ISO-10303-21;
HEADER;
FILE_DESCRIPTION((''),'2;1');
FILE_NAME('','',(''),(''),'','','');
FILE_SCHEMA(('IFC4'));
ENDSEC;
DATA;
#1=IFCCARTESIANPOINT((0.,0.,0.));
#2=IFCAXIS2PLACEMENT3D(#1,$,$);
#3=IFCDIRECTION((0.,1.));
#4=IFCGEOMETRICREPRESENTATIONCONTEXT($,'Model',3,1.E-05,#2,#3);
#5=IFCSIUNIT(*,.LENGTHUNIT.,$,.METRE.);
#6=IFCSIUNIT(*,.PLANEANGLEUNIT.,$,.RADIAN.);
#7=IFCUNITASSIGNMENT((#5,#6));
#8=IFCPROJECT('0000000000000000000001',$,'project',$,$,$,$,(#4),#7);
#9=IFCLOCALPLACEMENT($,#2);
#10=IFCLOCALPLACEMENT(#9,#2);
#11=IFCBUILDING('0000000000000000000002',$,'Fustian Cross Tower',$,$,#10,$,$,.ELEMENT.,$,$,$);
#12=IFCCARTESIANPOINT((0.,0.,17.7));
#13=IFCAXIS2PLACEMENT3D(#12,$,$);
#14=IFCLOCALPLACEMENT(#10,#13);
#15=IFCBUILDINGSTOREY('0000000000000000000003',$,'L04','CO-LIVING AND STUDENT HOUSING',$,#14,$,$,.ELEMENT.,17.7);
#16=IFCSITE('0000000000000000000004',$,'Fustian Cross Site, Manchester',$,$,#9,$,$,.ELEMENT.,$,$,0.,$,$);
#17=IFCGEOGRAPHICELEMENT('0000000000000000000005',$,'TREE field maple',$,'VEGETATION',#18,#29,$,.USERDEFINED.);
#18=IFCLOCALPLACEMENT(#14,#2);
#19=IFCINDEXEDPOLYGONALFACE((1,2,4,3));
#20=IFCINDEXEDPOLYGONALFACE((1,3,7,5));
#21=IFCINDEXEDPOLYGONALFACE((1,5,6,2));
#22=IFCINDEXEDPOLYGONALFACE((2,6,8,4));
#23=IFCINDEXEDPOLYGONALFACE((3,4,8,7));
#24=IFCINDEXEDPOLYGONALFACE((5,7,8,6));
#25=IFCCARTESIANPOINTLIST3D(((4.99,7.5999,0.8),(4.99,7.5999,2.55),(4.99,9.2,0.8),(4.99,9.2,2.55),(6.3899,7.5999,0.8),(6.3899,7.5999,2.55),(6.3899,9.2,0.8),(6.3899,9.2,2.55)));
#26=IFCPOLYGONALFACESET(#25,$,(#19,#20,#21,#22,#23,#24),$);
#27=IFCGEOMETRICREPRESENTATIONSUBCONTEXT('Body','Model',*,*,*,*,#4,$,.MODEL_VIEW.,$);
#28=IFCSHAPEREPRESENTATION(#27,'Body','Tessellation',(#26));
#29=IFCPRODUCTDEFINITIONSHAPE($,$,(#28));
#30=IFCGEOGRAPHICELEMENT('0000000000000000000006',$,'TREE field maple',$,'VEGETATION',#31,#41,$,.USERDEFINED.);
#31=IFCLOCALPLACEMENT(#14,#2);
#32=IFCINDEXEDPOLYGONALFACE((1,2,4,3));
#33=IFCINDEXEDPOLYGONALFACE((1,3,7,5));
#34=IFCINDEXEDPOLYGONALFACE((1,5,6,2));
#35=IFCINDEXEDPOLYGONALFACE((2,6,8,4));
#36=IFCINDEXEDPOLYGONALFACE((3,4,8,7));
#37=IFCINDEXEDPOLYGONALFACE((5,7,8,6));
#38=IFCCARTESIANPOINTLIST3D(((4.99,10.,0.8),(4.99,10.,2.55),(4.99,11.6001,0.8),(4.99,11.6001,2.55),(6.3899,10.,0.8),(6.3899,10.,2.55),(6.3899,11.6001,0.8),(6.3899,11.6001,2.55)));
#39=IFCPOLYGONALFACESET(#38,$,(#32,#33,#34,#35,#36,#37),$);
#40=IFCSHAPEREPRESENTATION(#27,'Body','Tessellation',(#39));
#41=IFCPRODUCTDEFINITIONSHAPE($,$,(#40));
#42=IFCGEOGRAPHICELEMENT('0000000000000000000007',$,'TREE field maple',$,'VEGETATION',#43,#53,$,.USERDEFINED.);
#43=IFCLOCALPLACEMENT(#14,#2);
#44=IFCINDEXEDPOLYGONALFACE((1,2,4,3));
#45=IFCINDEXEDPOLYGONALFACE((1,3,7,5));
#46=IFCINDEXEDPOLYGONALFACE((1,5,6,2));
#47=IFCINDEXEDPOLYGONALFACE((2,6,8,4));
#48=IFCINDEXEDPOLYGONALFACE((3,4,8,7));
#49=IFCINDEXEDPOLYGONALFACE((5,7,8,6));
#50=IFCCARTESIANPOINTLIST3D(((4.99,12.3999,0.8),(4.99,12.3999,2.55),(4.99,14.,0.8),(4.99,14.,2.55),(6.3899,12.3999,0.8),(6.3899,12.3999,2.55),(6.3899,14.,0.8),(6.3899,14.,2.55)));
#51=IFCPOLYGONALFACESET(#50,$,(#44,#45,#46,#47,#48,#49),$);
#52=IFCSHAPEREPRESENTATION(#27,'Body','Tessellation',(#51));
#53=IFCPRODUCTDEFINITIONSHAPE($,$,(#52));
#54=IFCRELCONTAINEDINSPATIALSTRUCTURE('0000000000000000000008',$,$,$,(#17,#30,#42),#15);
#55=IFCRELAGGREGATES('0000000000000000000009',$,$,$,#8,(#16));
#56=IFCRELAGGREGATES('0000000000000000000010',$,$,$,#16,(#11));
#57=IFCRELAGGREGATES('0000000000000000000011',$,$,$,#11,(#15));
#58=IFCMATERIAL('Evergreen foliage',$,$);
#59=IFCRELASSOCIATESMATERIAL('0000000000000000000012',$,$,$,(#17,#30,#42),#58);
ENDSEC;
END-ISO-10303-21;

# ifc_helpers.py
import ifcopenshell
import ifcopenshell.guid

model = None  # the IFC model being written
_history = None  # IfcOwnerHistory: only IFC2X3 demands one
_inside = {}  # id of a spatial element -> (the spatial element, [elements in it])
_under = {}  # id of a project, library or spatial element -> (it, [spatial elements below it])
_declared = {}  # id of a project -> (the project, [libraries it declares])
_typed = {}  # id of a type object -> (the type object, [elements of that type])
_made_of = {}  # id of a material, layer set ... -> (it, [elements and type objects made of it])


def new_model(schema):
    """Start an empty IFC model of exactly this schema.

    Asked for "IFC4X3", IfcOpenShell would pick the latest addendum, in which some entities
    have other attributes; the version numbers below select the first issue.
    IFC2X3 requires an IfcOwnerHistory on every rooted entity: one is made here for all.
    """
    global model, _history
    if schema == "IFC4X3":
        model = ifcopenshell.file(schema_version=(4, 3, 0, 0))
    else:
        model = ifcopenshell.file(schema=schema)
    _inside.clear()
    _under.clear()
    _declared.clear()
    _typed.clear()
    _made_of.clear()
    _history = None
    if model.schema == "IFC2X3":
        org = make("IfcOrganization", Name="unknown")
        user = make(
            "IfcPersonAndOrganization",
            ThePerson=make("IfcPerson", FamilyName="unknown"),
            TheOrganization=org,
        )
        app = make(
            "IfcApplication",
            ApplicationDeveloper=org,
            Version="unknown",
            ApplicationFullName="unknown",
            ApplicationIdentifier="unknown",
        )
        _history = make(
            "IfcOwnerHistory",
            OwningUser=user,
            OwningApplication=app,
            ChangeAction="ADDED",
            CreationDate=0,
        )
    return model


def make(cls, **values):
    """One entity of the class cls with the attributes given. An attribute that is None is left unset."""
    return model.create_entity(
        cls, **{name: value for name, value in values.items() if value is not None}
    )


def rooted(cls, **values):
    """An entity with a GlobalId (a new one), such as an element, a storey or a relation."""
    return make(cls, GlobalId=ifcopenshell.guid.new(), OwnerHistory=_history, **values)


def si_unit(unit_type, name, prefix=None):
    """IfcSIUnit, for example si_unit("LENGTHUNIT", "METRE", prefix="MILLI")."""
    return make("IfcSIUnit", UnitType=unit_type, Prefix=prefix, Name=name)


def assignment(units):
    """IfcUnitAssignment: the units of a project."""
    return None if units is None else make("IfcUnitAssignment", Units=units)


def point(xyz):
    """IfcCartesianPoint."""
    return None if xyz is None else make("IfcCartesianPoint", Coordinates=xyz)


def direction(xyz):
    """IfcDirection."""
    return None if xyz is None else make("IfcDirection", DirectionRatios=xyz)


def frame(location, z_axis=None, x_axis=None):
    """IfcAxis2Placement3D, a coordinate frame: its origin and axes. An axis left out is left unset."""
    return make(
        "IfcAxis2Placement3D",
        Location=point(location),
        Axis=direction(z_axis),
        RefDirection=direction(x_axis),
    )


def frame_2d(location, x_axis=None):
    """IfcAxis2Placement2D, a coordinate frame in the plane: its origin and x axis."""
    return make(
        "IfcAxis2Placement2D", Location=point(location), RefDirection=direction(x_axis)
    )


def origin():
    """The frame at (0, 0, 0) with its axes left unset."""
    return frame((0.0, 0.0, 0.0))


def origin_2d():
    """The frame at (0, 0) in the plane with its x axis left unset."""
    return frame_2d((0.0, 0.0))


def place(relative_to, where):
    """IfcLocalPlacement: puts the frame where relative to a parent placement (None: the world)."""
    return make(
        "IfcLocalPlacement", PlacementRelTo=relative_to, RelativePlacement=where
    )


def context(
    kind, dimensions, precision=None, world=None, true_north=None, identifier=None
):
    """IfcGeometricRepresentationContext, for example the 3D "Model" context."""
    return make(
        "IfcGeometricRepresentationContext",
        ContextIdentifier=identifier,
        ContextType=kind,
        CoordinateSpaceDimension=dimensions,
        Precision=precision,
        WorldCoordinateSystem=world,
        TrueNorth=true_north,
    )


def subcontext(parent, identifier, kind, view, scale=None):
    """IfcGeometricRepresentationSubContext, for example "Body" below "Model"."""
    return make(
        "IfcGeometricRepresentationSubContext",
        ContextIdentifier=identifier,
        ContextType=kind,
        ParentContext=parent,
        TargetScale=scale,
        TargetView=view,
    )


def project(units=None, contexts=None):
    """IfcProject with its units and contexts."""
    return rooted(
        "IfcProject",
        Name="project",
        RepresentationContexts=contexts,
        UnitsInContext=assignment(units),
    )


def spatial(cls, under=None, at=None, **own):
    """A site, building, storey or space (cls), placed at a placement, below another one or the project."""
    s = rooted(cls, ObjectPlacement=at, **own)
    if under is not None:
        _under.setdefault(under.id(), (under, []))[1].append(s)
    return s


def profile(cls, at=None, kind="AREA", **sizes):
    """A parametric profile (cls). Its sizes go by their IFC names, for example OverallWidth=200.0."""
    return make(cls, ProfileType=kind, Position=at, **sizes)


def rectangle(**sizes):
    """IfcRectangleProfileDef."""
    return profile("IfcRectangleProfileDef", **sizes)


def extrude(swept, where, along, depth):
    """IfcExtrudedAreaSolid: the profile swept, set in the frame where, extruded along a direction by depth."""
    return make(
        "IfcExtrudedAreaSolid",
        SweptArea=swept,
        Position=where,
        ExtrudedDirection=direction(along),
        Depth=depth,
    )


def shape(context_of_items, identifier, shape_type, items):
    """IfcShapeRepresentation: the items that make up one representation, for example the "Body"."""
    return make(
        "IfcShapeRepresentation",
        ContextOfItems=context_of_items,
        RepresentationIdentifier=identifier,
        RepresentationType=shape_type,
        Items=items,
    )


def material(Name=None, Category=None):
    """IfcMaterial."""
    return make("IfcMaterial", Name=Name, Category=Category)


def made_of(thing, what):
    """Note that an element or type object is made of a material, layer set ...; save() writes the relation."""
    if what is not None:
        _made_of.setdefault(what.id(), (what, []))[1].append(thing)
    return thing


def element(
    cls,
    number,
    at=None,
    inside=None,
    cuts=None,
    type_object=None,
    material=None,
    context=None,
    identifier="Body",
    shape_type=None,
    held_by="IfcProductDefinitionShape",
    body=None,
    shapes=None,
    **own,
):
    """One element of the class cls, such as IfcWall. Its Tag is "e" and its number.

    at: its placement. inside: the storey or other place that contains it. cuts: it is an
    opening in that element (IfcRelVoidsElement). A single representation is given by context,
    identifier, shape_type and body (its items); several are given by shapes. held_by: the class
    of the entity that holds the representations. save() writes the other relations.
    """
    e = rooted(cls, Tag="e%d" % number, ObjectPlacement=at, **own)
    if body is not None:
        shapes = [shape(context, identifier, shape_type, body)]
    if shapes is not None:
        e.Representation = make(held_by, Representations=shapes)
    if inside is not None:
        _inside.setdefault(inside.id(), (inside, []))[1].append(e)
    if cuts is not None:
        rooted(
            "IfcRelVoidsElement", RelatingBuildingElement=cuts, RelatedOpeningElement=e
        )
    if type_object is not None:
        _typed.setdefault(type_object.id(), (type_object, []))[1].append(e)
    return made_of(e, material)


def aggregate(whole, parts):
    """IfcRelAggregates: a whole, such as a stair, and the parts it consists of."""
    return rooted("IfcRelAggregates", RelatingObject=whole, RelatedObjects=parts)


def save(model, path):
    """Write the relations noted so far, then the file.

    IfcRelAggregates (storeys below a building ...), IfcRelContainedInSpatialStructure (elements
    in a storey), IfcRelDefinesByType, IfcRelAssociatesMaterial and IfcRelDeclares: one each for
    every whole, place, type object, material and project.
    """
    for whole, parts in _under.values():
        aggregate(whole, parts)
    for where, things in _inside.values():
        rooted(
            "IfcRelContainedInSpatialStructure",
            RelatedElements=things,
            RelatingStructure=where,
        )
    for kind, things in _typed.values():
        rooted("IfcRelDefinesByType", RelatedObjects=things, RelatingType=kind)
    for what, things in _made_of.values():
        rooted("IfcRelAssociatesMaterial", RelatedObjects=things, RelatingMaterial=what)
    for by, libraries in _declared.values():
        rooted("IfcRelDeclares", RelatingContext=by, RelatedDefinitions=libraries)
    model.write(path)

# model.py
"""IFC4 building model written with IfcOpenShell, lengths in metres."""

from ifc_helpers import new_model, si_unit, direction, frame, origin, origin_2d, place, context, subcontext, project, spatial, rectangle, extrude, material, element, save


model = new_model("IFC4")

# Units and contexts
model_context = context("Model", 3, precision=1e-05, world=origin(), true_north=direction((0.0, 1.0)))
body_context = subcontext(model_context, "Body", "Model", "MODEL_VIEW")
ifc_project = project(units=[si_unit("LENGTHUNIT", "METRE"), si_unit("PLANEANGLEUNIT", "RADIAN")], contexts=[model_context])

# Site, building, storey
site_placement = place(None, origin())
site = spatial("IfcSite", under=ifc_project, at=site_placement, Name="Fustian Cross Site, Manchester", CompositionType="ELEMENT", RefElevation=0.0)
building_placement = place(site_placement, origin())
building = spatial("IfcBuilding", under=site, at=building_placement, Name="Fustian Cross Tower", CompositionType="ELEMENT")
storey_placement = place(building_placement, frame((0.0, 0.0, 17.7)))
storey = spatial("IfcBuildingStorey", under=building, at=storey_placement, Name="L04", Description="CO-LIVING AND STUDENT HOUSING", CompositionType="ELEMENT", Elevation=17.7)

# Geographic elements
ifc_material_1 = material(Name="Evergreen foliage")
for number, where, z_axis, x_axis, name in (
    (1, (5.6899, 8.3999, 0.8), (0.0, 0.0, 1.0), (1.0, 0.0, 0.0), "TREE field maple"),
    (2, (5.6899, 10.8, 0.8), (0.0, 0.0, 1.0), (1.0, 0.0, 0.0), "TREE field maple"),
    (3, (5.6899, 13.2, 0.8), (0.0, 0.0, 1.0), (1.0, 0.0, 0.0), "TREE field maple"),
):
    element("IfcGeographicElement", number, at=place(storey_placement, frame(where, z_axis=z_axis, x_axis=x_axis)), inside=storey, material=ifc_material_1, Name=name, ObjectType="VEGETATION", PredefinedType="USERDEFINED", context=body_context, shape_type="SweptSolid", body=[
        extrude(rectangle(XDim=1.3999, YDim=1.6001, at=origin_2d()), origin(), (0.0, 0.0, 1.0), 1.75),
    ])

save(model, "model.ifc")
